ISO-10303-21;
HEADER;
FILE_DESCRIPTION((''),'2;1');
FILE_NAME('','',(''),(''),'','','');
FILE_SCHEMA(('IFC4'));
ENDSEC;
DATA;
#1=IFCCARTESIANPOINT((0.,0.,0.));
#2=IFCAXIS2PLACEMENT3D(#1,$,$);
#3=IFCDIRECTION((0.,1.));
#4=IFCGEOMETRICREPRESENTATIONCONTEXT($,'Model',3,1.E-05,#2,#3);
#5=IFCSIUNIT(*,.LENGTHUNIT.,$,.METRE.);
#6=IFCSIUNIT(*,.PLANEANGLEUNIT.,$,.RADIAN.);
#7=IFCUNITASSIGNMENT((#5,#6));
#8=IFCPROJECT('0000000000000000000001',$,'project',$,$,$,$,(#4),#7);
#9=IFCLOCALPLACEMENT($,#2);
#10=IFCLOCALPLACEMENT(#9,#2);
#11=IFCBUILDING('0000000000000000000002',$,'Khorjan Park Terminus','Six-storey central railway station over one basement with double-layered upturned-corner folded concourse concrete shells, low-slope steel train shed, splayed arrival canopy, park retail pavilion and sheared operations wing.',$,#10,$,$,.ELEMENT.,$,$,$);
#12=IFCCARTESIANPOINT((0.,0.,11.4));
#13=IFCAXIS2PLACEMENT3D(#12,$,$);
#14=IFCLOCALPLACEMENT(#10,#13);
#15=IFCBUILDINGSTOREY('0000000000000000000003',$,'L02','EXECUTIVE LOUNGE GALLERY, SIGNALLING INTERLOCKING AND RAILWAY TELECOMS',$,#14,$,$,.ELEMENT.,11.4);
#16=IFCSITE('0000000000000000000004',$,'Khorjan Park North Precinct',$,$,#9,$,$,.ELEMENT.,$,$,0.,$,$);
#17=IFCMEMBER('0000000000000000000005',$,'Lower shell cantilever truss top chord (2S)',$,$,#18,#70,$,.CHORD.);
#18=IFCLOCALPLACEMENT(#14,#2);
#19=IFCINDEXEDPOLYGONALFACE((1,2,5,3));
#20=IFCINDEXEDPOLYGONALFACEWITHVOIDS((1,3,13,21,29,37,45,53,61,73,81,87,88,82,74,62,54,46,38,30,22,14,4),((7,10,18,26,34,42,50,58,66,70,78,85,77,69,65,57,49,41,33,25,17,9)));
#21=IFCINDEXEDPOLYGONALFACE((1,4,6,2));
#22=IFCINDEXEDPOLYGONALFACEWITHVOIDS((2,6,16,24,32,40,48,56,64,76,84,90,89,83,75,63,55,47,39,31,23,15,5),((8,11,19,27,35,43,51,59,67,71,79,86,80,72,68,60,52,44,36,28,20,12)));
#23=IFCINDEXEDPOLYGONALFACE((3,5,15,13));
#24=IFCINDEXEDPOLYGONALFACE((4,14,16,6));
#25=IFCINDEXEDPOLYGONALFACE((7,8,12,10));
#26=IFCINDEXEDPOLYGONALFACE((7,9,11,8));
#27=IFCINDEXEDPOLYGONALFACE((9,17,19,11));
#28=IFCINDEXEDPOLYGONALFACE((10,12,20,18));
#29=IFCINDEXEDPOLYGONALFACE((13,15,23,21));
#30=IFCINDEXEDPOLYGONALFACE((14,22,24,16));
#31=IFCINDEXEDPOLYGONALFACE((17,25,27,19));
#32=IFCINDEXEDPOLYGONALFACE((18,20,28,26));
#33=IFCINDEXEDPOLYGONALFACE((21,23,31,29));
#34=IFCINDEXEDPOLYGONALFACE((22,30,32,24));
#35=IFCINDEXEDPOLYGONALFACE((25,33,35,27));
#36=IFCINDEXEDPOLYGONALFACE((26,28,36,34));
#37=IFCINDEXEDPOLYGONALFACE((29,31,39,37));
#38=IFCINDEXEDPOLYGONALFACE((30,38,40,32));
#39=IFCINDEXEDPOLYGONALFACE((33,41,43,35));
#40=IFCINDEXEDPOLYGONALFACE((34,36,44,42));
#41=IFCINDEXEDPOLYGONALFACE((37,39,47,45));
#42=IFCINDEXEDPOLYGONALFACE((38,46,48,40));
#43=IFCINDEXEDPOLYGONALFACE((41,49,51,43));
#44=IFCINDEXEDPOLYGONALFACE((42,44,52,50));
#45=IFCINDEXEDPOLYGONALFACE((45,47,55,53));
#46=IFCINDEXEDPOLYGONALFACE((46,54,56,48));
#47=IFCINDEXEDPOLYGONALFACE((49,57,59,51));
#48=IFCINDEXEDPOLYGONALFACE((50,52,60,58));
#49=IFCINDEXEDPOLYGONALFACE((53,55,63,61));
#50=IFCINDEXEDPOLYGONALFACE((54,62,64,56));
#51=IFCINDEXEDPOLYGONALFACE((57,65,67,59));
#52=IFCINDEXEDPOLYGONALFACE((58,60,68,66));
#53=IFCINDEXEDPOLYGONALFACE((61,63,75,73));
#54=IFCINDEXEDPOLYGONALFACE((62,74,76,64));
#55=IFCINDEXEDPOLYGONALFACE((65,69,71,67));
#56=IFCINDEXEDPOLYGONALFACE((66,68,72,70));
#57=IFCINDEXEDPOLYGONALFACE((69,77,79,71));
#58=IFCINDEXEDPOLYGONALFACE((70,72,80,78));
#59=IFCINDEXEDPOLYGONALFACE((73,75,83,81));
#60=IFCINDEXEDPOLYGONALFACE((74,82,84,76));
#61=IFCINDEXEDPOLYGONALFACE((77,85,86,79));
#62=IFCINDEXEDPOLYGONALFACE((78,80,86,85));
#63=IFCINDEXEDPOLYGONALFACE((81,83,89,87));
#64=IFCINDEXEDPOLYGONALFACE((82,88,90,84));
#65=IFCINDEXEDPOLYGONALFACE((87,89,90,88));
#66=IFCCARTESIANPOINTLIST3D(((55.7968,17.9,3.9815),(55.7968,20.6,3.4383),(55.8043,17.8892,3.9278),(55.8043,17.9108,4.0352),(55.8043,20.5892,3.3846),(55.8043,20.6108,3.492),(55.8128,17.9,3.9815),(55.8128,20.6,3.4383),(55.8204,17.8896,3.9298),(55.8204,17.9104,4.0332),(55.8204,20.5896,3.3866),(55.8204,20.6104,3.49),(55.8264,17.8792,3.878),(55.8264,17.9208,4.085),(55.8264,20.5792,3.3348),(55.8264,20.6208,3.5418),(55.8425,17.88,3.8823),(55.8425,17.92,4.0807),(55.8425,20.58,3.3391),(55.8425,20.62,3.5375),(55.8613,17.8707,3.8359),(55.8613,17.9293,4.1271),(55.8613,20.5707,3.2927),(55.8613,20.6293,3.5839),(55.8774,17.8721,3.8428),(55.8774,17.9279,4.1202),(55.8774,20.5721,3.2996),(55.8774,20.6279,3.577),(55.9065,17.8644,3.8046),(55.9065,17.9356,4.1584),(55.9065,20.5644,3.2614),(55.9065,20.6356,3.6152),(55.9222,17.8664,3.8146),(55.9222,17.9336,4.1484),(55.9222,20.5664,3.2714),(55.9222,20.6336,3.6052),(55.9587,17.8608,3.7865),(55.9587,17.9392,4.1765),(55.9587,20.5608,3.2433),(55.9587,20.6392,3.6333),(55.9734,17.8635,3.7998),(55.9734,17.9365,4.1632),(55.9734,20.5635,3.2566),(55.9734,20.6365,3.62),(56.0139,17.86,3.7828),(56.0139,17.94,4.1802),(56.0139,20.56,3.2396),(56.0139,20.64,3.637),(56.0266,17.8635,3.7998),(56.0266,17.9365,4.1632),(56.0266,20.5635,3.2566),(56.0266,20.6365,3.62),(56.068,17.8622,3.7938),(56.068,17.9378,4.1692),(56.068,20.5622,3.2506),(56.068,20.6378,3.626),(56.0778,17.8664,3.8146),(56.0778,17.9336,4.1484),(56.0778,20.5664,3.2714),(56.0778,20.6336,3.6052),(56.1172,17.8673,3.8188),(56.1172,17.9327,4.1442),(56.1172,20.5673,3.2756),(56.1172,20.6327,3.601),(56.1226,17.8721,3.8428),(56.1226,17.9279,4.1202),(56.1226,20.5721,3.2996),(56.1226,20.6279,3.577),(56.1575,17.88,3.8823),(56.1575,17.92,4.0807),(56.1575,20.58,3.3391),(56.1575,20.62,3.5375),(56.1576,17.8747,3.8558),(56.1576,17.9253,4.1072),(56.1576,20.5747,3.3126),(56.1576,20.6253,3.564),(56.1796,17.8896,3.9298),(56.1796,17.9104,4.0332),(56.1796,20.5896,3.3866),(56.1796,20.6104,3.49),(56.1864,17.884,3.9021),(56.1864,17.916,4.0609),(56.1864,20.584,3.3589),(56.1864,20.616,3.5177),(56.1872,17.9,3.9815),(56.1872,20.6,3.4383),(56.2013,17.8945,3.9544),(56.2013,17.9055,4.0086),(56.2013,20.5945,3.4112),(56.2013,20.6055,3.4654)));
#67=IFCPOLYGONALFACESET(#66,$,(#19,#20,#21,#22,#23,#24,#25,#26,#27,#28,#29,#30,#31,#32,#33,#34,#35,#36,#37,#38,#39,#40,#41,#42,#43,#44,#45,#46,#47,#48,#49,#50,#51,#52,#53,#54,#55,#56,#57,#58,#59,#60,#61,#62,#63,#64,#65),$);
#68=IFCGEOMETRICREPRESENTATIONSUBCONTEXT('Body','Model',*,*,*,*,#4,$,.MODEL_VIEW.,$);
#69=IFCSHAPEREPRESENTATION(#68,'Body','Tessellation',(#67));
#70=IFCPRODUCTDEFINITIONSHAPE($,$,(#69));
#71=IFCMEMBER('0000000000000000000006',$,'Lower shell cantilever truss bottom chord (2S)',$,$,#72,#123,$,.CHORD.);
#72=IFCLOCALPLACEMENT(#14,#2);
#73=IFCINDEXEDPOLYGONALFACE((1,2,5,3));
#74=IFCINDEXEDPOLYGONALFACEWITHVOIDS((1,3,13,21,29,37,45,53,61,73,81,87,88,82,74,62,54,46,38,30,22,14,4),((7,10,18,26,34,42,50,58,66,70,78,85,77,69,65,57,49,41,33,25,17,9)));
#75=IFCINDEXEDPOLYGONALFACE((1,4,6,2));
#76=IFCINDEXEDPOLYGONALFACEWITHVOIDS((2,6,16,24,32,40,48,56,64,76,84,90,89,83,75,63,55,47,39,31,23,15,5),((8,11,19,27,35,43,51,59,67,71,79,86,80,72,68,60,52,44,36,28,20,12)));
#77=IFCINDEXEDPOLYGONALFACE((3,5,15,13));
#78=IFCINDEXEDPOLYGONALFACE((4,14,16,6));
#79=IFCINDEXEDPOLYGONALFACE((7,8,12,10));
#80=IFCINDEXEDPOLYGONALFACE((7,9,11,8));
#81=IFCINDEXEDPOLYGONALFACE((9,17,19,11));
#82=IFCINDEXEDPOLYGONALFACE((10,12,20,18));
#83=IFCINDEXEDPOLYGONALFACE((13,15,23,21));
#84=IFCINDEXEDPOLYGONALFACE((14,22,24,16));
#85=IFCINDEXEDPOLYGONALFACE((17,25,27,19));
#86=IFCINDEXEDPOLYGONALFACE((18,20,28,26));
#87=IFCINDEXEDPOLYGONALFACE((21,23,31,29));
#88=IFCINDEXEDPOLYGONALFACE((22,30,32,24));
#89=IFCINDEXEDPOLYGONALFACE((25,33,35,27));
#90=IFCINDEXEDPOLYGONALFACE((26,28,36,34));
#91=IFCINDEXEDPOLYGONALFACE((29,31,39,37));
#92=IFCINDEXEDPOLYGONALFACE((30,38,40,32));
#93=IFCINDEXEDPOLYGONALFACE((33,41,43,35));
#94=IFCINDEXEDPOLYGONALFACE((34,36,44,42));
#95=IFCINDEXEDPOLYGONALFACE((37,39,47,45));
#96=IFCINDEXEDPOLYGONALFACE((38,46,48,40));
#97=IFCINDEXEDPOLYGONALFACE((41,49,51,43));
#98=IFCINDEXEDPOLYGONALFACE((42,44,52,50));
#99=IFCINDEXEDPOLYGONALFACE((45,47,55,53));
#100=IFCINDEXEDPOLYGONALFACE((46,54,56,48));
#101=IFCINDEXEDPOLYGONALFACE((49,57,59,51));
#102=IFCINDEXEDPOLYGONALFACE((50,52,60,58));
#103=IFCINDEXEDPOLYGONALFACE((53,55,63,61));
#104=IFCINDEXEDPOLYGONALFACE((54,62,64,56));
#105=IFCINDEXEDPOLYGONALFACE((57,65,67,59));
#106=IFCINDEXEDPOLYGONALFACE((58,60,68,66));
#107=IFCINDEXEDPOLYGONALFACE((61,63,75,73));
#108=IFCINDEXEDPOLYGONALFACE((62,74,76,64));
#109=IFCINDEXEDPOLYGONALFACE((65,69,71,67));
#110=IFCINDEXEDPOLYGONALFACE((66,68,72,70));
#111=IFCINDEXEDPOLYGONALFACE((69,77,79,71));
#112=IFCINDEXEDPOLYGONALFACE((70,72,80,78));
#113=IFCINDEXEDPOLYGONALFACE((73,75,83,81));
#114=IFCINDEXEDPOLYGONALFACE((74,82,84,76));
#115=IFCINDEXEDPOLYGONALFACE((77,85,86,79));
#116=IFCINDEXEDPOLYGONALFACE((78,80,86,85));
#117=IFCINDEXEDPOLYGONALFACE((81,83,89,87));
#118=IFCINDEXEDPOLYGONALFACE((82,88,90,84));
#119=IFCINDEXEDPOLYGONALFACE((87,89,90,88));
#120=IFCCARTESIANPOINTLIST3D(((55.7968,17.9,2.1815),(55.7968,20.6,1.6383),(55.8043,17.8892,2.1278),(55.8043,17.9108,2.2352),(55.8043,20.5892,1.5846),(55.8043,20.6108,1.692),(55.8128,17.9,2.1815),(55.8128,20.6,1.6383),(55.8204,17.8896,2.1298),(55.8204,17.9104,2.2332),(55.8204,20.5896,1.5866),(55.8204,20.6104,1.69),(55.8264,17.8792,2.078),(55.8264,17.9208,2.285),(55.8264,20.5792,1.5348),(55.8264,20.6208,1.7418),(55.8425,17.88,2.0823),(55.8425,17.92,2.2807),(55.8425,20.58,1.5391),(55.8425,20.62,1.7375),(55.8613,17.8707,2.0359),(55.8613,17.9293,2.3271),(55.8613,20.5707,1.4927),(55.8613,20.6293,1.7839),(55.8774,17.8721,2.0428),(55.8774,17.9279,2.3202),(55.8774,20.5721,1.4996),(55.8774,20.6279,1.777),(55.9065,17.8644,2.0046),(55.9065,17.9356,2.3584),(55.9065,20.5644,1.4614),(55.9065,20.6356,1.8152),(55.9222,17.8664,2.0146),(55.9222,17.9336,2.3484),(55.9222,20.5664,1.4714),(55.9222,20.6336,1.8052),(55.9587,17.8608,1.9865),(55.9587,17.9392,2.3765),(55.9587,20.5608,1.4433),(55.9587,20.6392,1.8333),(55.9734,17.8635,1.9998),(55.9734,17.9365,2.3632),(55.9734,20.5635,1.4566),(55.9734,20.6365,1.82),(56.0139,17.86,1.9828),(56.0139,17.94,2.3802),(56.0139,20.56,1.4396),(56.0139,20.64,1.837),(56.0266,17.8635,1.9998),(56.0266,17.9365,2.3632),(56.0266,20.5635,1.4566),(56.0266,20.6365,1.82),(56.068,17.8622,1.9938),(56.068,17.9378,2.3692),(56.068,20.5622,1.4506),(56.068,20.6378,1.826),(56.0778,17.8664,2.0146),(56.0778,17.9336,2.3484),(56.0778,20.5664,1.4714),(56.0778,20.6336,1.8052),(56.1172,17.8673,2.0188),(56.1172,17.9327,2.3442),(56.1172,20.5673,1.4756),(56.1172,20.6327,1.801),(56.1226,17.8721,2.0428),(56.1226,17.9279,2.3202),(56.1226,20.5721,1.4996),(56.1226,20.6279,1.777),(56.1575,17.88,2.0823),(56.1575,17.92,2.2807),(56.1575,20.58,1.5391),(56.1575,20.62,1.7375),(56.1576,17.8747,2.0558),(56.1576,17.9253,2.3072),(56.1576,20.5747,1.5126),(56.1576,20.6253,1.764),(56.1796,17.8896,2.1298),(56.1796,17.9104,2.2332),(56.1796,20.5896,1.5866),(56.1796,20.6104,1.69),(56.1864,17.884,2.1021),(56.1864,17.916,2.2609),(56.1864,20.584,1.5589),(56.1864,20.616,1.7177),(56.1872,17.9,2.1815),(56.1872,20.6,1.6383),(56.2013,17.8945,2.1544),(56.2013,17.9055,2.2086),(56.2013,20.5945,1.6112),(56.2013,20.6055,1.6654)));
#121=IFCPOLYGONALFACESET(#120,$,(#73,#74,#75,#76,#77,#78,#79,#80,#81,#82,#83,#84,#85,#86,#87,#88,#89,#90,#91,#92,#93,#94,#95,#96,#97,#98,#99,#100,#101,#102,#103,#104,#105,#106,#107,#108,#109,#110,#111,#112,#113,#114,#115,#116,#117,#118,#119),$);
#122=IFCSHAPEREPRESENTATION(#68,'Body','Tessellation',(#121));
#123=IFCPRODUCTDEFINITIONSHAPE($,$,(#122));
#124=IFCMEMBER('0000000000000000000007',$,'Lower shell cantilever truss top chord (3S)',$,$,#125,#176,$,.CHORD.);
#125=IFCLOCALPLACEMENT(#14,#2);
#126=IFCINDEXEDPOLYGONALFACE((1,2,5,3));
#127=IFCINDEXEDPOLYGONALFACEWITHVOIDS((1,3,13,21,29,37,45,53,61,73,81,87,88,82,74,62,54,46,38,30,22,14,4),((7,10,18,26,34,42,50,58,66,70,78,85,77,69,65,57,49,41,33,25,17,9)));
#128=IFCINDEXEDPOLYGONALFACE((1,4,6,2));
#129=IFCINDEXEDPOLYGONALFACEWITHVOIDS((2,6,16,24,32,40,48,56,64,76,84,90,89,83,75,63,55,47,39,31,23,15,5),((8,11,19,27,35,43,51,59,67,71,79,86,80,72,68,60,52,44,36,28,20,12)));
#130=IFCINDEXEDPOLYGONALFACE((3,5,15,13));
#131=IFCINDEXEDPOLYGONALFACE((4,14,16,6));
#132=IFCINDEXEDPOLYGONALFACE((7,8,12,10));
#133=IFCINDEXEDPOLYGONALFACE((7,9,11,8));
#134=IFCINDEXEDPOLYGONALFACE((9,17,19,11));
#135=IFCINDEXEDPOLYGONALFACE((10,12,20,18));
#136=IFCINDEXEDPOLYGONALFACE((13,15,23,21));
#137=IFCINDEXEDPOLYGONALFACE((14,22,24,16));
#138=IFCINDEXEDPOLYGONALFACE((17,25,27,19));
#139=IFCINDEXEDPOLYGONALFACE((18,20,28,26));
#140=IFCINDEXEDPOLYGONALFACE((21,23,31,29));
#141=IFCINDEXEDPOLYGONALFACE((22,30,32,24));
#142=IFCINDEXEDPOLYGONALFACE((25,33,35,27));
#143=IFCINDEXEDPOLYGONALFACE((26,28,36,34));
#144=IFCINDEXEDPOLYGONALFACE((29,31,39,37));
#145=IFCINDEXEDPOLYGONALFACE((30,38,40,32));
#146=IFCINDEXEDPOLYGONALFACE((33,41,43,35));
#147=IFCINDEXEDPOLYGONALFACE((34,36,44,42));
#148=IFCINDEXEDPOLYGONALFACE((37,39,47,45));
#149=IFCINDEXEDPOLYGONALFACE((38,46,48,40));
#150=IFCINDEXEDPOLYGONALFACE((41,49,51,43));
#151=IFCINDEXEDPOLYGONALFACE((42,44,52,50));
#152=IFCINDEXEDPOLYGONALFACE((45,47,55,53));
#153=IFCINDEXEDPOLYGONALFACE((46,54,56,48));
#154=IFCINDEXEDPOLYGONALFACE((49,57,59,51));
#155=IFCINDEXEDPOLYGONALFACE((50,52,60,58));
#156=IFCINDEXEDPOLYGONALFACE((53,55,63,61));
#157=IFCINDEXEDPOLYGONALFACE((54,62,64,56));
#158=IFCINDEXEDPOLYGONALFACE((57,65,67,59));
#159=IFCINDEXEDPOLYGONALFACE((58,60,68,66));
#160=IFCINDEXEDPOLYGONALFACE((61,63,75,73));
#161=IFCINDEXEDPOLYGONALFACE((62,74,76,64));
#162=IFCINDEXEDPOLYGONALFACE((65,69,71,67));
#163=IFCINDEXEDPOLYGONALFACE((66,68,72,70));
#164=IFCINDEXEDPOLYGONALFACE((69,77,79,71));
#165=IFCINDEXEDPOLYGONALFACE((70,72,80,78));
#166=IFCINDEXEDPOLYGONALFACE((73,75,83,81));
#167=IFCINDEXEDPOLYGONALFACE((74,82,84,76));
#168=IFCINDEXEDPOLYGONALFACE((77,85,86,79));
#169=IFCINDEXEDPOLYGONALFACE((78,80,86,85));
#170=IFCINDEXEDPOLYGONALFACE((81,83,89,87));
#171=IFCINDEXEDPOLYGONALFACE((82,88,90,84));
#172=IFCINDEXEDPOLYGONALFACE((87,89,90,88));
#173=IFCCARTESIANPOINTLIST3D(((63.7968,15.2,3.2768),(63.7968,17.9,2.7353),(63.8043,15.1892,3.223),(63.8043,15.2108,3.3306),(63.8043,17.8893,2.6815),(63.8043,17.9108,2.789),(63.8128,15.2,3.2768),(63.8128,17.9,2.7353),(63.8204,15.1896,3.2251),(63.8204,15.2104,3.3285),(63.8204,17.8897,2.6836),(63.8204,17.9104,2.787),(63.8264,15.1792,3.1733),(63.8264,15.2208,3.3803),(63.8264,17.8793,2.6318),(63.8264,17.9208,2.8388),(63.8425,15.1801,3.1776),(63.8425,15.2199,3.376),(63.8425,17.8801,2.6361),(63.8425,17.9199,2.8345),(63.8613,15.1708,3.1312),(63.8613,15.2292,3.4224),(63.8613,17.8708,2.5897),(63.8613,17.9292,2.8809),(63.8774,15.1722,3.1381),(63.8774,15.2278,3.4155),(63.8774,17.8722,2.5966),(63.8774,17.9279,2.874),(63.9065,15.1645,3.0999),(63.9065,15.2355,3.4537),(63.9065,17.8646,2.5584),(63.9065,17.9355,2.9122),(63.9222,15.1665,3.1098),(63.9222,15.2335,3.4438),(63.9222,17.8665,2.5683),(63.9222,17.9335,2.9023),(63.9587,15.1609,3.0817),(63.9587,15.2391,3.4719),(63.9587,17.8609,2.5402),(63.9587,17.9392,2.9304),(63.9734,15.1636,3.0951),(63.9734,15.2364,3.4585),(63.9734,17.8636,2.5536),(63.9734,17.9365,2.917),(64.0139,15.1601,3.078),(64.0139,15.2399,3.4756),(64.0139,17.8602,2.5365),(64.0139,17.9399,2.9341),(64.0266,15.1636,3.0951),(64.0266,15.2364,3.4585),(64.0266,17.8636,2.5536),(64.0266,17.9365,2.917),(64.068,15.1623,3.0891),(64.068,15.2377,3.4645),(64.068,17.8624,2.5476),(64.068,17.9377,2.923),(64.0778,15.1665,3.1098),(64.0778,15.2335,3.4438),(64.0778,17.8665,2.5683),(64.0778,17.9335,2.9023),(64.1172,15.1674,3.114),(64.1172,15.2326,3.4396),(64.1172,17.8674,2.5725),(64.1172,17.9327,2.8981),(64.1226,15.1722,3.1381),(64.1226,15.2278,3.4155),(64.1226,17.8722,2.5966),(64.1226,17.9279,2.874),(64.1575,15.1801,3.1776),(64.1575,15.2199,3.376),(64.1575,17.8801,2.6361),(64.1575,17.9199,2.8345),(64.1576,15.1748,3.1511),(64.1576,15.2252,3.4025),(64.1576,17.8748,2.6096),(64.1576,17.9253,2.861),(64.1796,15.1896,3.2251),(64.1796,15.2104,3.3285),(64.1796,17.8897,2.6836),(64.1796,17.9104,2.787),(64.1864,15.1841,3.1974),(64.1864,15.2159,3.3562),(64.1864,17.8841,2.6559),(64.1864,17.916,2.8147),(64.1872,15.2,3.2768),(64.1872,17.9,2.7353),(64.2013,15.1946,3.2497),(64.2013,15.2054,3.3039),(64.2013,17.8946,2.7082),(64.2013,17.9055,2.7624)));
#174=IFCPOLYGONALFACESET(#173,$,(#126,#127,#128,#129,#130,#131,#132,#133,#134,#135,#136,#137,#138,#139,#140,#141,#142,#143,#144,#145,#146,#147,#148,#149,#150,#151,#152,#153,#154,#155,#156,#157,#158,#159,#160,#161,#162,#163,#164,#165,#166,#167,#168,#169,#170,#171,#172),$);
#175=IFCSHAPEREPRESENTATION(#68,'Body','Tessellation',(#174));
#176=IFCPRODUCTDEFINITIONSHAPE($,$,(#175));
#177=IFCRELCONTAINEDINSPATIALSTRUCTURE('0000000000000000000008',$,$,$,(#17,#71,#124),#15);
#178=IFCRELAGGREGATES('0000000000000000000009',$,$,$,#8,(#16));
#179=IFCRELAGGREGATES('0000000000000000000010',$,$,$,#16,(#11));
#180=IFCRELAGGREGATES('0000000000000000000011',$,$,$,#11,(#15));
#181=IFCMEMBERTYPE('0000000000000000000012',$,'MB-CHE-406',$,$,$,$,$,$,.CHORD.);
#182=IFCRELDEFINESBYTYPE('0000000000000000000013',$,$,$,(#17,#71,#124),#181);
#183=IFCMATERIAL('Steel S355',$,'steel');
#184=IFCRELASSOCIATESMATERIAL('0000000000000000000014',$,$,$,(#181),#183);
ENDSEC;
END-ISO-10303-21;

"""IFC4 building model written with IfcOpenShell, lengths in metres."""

from ifc_helpers import new_model, si_unit, direction, frame, origin, origin_2d, place, context, subcontext, project, spatial, hollow_circle, extrude, material, material_profile, profile_set, type_object, element, save


model = new_model("IFC4")

# Units and contexts
model_context = context("Model", 3, precision=1e-05, world=origin(), true_north=direction((0.0, 1.0)))
body_context = subcontext(model_context, "Body", "Model", "MODEL_VIEW")
ifc_project = project(units=[si_unit("LENGTHUNIT", "METRE"), si_unit("PLANEANGLEUNIT", "RADIAN")], contexts=[model_context])

# Site, building, storey
site_placement = place(None, origin())
site = spatial("IfcSite", under=ifc_project, at=site_placement, Name="Khorjan Park North Precinct", CompositionType="ELEMENT", RefElevation=0.0)
building_placement = place(site_placement, origin())
building = spatial("IfcBuilding", under=site, at=building_placement, Name="Khorjan Park Terminus", Description="Six-storey central railway station over one basement with double-layered upturned-corner folded concourse concrete shells, low-slope steel train shed, splayed arrival canopy, park retail pavilion and sheared operations wing.", CompositionType="ELEMENT")
storey_placement = place(building_placement, frame((0.0, 0.0, 11.4)))
storey = spatial("IfcBuildingStorey", under=building, at=storey_placement, Name="L02", Description="EXECUTIVE LOUNGE GALLERY, SIGNALLING INTERLOCKING AND RAILWAY TELECOMS", CompositionType="ELEMENT", Elevation=11.4)

# Members
ifc_material_1 = material(Name="Steel S355", Category="steel")
ifc_material_profile_1 = material_profile(ifc_material_1, hollow_circle(Radius=0.2032, WallThickness=0.016, at=origin_2d()), Name="CHS 406.4x16")
ifc_profile_set_1 = profile_set([ifc_material_profile_1], Name="Steel S355")
member_type_1 = type_object("IfcMemberType", Name="MB-CHE-406", PredefinedType="CHORD", material=ifc_profile_set_1)
for number, where, z_axis, x_axis, name in (
    (1, (56.0, 17.9, 3.9815), (0.0, 0.980357, -0.197233), (-1.0, 0.0, 0.0), "Lower shell cantilever truss top chord (2S)"),
    (2, (56.0, 17.9, 2.1815), (0.0, 0.980357, -0.197233), (-1.0, 0.0, 0.0), "Lower shell cantilever truss bottom chord (2S)"),
):
    element("IfcMember", number, at=place(storey_placement, frame(where, z_axis=z_axis, x_axis=x_axis)), inside=storey, type_object=member_type_1, Name=name, PredefinedType="CHORD", context=body_context, shape_type="SweptSolid", body=[
        extrude(hollow_circle(Radius=0.2032, WallThickness=0.016, at=origin_2d()), origin(), (0.0, 0.0, 1.0), 2.7541),
    ])
for number, where, z_axis, x_axis, name in (
    (3, (64.0, 15.2, 3.2768), (0.0, 0.980476, -0.19664), (-1.0, 0.0, 0.0), "Lower shell cantilever truss top chord (3S)"),
):
    element("IfcMember", number, at=place(storey_placement, frame(where, z_axis=z_axis, x_axis=x_axis)), inside=storey, type_object=member_type_1, Name=name, PredefinedType="CHORD", context=body_context, shape_type="SweptSolid", body=[
        extrude(hollow_circle(Radius=0.2032, WallThickness=0.016, at=origin_2d()), origin(), (0.0, 0.0, 1.0), 2.7538),
    ])

save(model, "model.ifc")
